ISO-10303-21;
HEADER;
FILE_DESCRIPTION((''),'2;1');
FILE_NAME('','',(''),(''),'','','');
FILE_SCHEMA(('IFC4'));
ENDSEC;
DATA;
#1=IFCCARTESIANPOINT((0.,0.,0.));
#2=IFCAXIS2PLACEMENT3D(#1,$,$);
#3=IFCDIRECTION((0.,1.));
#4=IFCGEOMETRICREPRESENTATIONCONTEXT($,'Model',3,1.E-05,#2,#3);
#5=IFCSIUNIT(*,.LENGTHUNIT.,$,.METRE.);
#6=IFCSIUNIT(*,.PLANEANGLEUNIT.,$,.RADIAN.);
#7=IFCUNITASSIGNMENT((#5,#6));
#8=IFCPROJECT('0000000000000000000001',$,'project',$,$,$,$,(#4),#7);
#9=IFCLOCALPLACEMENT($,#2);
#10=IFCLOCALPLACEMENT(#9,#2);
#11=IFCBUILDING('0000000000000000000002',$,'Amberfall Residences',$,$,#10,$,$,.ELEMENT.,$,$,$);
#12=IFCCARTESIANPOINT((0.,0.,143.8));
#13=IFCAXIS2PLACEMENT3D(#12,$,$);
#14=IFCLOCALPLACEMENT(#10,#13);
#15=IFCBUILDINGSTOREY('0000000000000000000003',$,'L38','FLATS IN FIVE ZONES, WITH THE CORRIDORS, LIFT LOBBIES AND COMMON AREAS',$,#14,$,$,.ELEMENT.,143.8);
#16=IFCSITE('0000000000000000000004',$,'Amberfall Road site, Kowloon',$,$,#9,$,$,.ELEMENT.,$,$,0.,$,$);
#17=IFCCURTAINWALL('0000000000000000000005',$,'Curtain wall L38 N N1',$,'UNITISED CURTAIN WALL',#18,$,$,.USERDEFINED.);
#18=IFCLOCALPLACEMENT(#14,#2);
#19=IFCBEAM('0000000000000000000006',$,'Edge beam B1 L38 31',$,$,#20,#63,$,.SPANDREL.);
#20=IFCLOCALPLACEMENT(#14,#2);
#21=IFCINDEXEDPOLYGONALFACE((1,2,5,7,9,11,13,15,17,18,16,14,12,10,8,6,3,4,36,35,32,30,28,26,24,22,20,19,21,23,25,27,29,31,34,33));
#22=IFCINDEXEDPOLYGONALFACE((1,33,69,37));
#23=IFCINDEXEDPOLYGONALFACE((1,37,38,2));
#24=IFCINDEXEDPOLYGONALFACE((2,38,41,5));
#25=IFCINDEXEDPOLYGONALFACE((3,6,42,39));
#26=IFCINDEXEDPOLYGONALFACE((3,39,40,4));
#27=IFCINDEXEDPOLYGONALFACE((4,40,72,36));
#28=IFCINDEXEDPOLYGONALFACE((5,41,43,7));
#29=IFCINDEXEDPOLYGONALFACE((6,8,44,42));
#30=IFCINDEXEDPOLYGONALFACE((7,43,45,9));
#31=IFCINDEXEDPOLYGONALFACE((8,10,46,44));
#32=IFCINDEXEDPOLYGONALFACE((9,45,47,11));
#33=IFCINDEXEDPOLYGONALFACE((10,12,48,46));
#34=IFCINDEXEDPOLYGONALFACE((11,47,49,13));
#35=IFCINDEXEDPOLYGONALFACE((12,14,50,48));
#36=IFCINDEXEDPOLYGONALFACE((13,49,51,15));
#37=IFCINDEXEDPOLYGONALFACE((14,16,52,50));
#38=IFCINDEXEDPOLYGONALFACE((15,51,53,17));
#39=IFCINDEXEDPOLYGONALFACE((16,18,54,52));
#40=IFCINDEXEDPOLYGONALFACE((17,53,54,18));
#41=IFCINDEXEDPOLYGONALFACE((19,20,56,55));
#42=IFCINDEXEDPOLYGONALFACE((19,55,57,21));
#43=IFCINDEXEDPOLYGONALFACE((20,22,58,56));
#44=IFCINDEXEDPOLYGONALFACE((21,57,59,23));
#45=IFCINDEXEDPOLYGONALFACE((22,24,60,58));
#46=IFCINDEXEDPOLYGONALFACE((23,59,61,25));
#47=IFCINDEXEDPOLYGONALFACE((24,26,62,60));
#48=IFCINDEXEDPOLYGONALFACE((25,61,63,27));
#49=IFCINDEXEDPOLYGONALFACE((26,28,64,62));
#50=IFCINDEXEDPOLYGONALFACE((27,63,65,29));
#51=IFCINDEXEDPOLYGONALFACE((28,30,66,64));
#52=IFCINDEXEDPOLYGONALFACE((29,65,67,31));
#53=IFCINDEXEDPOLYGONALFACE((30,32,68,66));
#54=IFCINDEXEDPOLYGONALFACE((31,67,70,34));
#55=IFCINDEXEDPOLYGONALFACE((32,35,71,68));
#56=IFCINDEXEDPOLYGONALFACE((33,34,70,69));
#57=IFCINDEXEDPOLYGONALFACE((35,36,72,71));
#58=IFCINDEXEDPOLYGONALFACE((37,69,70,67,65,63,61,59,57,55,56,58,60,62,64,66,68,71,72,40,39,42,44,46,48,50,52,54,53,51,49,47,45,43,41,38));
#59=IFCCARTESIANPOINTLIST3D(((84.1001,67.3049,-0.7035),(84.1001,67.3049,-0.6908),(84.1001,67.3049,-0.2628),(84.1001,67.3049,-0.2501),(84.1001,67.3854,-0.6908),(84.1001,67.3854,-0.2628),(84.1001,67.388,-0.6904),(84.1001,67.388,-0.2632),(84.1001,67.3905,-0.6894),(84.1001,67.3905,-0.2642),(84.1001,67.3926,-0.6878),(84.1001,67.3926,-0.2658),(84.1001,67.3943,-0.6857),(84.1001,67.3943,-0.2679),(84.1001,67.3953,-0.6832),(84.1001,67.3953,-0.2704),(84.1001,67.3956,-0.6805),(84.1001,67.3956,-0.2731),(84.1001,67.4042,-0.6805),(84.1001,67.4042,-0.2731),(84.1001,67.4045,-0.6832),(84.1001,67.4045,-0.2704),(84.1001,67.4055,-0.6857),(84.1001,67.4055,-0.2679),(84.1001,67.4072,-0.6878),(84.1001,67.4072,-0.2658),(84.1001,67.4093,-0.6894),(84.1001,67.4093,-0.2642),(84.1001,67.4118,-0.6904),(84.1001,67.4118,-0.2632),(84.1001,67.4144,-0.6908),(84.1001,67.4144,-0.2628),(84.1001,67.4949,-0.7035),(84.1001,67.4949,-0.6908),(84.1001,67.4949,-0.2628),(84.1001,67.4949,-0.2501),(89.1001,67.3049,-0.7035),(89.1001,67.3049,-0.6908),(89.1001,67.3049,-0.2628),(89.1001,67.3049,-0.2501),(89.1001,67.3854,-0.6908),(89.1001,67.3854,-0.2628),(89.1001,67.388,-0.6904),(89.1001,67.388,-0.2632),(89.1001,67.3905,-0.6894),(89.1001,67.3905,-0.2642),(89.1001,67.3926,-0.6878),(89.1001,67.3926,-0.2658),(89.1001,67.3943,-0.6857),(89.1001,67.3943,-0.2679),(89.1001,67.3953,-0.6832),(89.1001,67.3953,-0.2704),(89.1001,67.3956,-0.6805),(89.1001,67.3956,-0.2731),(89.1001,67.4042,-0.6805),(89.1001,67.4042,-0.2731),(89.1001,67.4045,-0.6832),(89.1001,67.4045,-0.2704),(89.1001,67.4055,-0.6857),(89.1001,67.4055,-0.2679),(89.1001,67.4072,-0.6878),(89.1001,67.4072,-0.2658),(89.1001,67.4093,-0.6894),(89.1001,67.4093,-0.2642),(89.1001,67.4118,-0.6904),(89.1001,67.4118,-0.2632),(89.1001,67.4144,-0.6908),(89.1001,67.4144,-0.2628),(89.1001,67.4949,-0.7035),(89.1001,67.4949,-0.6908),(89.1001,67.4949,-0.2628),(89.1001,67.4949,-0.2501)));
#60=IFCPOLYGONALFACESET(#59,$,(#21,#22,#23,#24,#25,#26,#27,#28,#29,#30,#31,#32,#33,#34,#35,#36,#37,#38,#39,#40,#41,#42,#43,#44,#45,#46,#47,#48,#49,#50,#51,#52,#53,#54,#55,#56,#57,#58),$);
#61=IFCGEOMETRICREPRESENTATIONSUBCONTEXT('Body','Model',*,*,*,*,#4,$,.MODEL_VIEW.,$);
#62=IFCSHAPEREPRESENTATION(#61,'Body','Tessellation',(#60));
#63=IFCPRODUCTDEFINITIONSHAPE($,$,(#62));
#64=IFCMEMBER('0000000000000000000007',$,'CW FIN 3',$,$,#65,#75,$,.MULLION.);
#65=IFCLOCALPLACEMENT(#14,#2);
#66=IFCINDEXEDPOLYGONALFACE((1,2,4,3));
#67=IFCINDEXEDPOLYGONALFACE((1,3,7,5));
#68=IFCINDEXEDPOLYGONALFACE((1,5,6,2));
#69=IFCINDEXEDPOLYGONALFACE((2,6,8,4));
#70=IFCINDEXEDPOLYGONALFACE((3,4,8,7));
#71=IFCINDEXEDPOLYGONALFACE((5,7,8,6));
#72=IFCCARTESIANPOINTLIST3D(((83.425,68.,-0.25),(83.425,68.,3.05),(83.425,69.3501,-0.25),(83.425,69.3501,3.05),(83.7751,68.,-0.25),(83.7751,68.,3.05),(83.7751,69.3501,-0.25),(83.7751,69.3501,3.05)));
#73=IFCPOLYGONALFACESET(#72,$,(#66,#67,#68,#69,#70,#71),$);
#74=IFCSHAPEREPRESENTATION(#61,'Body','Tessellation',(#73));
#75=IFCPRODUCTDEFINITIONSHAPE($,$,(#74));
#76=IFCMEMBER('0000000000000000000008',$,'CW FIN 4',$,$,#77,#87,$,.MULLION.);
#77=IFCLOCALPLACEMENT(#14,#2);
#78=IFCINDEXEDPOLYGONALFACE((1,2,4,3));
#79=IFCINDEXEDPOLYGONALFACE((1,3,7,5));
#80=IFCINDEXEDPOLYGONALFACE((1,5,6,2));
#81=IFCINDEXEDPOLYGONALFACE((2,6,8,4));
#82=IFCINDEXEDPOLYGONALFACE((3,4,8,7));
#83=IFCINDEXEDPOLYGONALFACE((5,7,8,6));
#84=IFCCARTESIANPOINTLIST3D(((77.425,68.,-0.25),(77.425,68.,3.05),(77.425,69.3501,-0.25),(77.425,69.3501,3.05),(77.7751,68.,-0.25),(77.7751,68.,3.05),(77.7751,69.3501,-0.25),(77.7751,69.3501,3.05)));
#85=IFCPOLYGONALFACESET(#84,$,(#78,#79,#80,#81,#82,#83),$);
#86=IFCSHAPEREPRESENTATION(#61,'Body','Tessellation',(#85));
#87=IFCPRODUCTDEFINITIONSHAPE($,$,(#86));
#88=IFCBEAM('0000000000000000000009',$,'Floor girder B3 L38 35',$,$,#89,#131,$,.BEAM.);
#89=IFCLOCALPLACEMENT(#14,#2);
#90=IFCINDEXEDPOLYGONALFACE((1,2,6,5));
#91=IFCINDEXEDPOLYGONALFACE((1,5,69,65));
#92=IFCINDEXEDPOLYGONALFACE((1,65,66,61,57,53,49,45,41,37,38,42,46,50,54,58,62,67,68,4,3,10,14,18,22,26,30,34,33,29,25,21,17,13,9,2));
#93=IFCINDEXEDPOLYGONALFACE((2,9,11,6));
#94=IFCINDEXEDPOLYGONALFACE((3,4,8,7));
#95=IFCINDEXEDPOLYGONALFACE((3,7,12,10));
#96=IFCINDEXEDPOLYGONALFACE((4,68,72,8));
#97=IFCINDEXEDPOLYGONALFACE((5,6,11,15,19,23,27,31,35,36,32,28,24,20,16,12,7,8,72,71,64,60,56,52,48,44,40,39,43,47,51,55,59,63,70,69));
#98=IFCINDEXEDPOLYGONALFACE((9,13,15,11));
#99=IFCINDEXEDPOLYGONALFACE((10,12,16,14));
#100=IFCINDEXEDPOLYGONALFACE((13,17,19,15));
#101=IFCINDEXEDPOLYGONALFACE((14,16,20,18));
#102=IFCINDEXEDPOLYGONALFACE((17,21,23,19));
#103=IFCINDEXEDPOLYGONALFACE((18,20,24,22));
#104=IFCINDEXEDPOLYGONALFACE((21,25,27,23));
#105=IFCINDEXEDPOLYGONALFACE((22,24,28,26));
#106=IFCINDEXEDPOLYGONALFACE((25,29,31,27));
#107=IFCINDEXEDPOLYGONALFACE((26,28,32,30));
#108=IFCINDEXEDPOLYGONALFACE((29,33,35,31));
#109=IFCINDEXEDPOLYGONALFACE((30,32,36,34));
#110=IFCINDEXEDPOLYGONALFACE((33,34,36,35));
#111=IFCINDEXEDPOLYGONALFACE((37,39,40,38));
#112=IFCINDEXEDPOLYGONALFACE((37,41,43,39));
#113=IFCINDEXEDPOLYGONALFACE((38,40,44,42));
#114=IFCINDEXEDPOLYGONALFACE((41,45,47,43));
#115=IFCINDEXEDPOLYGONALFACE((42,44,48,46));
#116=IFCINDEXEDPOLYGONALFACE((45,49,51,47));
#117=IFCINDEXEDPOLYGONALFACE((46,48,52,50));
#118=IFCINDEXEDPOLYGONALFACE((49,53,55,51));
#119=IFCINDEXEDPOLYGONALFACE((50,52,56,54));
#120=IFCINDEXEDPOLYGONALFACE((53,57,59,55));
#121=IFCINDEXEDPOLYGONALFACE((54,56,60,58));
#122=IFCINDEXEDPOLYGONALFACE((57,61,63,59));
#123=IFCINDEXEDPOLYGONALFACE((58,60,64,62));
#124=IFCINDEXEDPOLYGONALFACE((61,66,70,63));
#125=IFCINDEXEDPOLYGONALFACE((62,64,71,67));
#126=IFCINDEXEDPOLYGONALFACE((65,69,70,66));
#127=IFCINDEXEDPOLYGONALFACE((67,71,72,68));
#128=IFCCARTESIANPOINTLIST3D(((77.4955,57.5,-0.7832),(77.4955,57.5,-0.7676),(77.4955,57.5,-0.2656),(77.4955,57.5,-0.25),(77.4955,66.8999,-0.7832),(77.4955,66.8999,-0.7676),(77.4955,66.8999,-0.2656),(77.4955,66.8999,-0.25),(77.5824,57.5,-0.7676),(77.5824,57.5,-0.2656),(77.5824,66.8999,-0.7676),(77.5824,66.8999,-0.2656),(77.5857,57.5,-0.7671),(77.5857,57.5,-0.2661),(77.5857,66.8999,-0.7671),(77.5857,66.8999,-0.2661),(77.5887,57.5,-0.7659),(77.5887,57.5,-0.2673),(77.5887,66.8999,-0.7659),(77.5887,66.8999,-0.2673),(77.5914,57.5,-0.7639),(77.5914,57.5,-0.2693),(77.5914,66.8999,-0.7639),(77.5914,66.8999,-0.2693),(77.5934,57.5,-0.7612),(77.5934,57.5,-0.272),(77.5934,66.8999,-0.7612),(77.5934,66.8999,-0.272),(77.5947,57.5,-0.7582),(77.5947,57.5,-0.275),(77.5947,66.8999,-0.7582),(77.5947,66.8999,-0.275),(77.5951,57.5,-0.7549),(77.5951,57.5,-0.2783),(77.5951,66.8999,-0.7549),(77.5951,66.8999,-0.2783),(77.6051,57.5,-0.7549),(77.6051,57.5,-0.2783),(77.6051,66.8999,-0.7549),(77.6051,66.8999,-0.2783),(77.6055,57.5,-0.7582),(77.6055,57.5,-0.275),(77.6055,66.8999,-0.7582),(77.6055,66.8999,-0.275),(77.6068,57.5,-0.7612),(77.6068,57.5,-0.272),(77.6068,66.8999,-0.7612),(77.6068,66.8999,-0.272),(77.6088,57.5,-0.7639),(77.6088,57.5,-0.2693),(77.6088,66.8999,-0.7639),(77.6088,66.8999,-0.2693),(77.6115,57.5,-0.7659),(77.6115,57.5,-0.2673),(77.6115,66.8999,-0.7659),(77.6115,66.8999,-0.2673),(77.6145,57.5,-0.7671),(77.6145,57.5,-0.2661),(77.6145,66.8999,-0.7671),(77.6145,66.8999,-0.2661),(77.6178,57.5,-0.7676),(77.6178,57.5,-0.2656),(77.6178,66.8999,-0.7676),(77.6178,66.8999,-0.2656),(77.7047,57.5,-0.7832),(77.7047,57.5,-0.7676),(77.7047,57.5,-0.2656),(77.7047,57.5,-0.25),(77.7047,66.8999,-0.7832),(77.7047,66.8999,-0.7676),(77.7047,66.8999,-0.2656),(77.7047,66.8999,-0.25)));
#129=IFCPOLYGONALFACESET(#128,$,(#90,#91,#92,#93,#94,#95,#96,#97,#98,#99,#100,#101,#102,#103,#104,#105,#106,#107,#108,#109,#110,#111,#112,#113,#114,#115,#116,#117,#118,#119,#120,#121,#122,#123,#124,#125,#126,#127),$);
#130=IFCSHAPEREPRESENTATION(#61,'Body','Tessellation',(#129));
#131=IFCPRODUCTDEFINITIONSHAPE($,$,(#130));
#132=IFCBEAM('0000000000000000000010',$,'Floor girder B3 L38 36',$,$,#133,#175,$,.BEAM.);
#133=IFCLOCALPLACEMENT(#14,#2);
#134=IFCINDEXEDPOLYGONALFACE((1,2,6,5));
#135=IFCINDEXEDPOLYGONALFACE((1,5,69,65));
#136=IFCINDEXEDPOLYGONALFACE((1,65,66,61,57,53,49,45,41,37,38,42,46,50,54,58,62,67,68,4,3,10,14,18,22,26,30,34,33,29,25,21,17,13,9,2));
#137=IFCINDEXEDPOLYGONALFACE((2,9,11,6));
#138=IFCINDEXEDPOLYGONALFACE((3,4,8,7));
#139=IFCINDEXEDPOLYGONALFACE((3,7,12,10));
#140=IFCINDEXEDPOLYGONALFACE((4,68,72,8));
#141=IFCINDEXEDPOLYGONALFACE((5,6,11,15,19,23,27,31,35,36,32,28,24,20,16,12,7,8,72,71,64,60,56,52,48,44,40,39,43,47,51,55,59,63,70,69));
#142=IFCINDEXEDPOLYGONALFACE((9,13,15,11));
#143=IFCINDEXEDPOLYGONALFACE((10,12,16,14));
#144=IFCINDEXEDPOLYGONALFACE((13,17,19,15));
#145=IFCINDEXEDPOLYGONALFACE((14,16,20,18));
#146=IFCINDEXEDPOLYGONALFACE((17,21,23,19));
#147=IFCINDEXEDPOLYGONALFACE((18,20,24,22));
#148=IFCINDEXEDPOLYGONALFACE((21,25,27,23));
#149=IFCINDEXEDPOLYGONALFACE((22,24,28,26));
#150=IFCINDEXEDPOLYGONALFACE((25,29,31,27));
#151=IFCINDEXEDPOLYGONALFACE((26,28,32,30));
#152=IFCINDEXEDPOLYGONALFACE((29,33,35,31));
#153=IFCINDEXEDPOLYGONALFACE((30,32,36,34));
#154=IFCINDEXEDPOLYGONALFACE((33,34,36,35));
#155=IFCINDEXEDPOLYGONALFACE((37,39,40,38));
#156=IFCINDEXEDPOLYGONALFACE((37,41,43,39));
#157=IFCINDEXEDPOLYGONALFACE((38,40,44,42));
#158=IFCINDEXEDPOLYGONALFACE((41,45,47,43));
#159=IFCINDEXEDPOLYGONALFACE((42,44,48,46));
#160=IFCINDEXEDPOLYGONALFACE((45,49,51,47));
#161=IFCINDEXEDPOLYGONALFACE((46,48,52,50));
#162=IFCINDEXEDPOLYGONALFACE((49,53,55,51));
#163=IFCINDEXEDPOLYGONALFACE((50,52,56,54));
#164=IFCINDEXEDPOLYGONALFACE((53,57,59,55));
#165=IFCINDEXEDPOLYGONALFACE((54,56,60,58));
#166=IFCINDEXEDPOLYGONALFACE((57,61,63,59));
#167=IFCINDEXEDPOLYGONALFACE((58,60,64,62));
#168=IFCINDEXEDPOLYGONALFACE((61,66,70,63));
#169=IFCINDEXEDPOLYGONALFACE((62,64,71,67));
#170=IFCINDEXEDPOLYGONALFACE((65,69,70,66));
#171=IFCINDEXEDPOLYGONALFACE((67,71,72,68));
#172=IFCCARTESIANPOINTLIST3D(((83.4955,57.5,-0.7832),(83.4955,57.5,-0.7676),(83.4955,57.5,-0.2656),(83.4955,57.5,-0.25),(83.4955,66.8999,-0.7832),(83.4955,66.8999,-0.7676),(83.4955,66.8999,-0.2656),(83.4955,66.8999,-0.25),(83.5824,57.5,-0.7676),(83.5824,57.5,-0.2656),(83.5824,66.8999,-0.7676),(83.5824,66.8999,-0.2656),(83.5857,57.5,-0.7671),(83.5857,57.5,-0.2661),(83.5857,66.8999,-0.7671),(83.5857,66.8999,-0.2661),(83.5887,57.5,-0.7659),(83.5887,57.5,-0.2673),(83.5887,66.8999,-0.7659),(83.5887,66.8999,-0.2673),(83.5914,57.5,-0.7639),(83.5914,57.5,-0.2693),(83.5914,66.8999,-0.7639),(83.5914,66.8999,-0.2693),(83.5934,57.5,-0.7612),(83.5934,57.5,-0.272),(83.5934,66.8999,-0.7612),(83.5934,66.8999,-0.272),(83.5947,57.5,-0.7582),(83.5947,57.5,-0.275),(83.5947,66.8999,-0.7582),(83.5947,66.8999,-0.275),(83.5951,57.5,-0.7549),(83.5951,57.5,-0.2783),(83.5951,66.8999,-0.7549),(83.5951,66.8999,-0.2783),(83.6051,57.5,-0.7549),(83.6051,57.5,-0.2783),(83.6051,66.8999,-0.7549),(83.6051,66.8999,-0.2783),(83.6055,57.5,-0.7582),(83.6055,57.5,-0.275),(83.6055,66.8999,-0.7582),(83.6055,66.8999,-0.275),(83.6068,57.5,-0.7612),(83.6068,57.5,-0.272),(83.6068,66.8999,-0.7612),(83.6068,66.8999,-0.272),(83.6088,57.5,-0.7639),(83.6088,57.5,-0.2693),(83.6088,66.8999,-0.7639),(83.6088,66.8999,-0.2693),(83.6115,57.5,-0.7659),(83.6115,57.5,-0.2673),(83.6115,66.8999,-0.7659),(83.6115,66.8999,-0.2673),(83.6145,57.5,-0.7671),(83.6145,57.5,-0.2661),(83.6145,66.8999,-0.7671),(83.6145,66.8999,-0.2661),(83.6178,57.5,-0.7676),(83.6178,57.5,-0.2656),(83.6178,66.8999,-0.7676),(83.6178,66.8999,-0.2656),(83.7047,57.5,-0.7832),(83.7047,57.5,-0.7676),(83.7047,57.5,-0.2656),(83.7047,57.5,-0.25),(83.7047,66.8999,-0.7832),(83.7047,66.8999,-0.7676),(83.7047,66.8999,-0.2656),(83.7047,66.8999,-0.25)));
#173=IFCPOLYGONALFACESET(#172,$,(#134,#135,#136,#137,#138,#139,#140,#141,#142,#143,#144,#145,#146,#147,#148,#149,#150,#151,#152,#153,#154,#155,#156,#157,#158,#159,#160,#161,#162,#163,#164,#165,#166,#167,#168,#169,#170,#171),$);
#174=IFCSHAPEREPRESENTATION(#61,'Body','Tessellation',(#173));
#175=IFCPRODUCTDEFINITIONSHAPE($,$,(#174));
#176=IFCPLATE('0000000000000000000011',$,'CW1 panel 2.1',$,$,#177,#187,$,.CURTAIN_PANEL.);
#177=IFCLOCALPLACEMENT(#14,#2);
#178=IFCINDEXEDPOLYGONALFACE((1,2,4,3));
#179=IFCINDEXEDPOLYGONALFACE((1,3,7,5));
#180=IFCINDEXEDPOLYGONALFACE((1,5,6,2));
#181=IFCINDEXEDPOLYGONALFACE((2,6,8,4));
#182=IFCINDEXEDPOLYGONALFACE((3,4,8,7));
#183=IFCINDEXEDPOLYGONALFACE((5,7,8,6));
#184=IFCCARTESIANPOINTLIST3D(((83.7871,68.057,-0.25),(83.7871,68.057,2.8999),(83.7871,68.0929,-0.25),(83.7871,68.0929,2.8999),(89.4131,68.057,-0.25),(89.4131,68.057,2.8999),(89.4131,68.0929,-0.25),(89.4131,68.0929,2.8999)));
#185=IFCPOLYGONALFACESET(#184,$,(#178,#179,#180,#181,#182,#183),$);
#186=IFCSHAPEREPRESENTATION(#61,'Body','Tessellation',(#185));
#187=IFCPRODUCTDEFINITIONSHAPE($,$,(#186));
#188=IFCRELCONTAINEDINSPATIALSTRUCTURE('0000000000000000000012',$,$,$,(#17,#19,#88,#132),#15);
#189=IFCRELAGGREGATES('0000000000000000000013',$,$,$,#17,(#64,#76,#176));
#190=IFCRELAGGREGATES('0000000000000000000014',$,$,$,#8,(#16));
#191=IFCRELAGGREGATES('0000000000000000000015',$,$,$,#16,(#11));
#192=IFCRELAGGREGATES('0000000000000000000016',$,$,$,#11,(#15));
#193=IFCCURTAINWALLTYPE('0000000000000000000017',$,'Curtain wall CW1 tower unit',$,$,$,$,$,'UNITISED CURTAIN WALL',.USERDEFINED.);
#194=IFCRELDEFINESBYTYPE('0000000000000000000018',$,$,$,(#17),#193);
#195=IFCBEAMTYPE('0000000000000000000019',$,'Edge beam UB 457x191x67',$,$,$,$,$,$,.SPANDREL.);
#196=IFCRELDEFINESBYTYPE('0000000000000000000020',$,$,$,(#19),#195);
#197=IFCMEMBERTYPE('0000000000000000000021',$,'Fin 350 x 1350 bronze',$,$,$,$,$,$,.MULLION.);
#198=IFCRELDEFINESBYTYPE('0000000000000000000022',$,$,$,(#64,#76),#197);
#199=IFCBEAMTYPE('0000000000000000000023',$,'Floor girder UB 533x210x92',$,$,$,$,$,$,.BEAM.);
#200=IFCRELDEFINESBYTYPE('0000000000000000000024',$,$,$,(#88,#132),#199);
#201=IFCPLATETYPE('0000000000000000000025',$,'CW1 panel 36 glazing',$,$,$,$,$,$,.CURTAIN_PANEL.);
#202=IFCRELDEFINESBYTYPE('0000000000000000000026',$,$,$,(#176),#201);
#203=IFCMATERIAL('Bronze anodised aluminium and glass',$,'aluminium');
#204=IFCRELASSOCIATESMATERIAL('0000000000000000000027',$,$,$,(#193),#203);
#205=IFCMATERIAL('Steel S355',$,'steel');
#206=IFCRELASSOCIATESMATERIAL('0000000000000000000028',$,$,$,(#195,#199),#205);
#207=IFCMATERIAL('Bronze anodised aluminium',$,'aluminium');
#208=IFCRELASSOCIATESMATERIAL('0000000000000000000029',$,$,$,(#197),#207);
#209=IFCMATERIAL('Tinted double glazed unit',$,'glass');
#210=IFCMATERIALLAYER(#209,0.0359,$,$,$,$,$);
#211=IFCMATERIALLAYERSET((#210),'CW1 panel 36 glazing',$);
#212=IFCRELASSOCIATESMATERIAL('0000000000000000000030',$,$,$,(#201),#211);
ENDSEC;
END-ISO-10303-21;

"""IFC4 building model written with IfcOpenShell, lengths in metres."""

from ifc_helpers import new_model, si_unit, direction, frame, origin, origin_2d, place, context, subcontext, project, spatial, rectangle, i_section, extrude, material, layer, layer_set, material_profile, profile_set, type_object, element, aggregate, save


model = new_model("IFC4")

# Units and contexts
model_context = context("Model", 3, precision=1e-05, world=origin(), true_north=direction((0.0, 1.0)))
body_context = subcontext(model_context, "Body", "Model", "MODEL_VIEW")
ifc_project = project(units=[si_unit("LENGTHUNIT", "METRE"), si_unit("PLANEANGLEUNIT", "RADIAN")], contexts=[model_context])

# Site, building, storey
site_placement = place(None, origin())
site = spatial("IfcSite", under=ifc_project, at=site_placement, Name="Amberfall Road site, Kowloon", CompositionType="ELEMENT", RefElevation=0.0)
building_placement = place(site_placement, origin())
building = spatial("IfcBuilding", under=site, at=building_placement, Name="Amberfall Residences", CompositionType="ELEMENT")
storey_placement = place(building_placement, frame((0.0, 0.0, 143.8)))
storey = spatial("IfcBuildingStorey", under=building, at=storey_placement, Name="L38", Description="FLATS IN FIVE ZONES, WITH THE CORRIDORS, LIFT LOBBIES AND COMMON AREAS", CompositionType="ELEMENT", Elevation=143.8)

# Curtain wall
ifc_material_1 = material(Name="Bronze anodised aluminium and glass", Category="aluminium")
curtain_wall_type = type_object("IfcCurtainWallType", Name="Curtain wall CW1 tower unit", ElementType="UNITISED CURTAIN WALL", PredefinedType="USERDEFINED", material=ifc_material_1)
curtain_wall_placement = place(storey_placement, origin())
curtain_wall = element("IfcCurtainWall", 1, at=curtain_wall_placement, inside=storey, type_object=curtain_wall_type, Name="Curtain wall L38 N N1", ObjectType="UNITISED CURTAIN WALL", PredefinedType="USERDEFINED")
ifc_material_2 = material(Name="Bronze anodised aluminium", Category="aluminium")

# Beam
ifc_material_3 = material(Name="Steel S355", Category="steel")
ifc_material_profile_1 = material_profile(ifc_material_3, i_section(OverallWidth=0.1899, OverallDepth=0.4534, WebThickness=0.0085, FlangeThickness=0.0127, FilletRadius=0.0103, at=origin_2d()), Name="UB 457x191x67")
ifc_profile_set_1 = profile_set([ifc_material_profile_1], Name="Steel S355")
beam_type_1 = type_object("IfcBeamType", Name="Edge beam UB 457x191x67", PredefinedType="SPANDREL", material=ifc_profile_set_1)
for number, where, z_axis, x_axis, name in (
    (2, (84.1001, 67.3999, -0.4768), (1.0, 0.0, 0.0), (0.0, 1.0, 0.0), "Edge beam B1 L38 31"),
):
    element("IfcBeam", number, at=place(storey_placement, frame(where, z_axis=z_axis, x_axis=x_axis)), inside=storey, type_object=beam_type_1, Name=name, PredefinedType="SPANDREL", context=body_context, shape_type="SweptSolid", body=[
        extrude(i_section(OverallWidth=0.1899, OverallDepth=0.4534, WebThickness=0.0085, FlangeThickness=0.0127, FilletRadius=0.0103, at=origin_2d()), origin(), (0.0, 0.0, 1.0), 5.0),
    ])

# Members
ifc_material_profile_2 = material_profile(ifc_material_2, rectangle(XDim=1.3501, YDim=0.3501, at=origin_2d()), Name="Fin 350 x 1350 bronze")
ifc_profile_set_2 = profile_set([ifc_material_profile_2], Name="Bronze anodised aluminium")
member_type_1 = type_object("IfcMemberType", Name="Fin 350 x 1350 bronze", PredefinedType="MULLION", material=ifc_profile_set_2)
member_1_placement = place(storey_placement, frame((83.6001, 68.675, -0.25), z_axis=(0.0, 0.0, 1.0), x_axis=(0.0, -1.0, 0.0)))
member_1 = element("IfcMember", 3, at=member_1_placement, type_object=member_type_1, Name="CW FIN 3", PredefinedType="MULLION", context=body_context, shape_type="SweptSolid", body=[
    extrude(rectangle(XDim=1.3501, YDim=0.3501, at=origin_2d()), origin(), (0.0, 0.0, 1.0), 3.3),
])
member_2_placement = place(storey_placement, frame((77.6001, 68.675, -0.25), z_axis=(0.0, 0.0, 1.0), x_axis=(0.0, -1.0, 0.0)))
member_2 = element("IfcMember", 4, at=member_2_placement, type_object=member_type_1, Name="CW FIN 4", PredefinedType="MULLION", context=body_context, shape_type="SweptSolid", body=[
    extrude(rectangle(XDim=1.3501, YDim=0.3501, at=origin_2d()), origin(), (0.0, 0.0, 1.0), 3.3),
])

# Beams
ifc_material_profile_3 = material_profile(ifc_material_3, i_section(OverallWidth=0.2092, OverallDepth=0.5332, WebThickness=0.01, FlangeThickness=0.0156, FilletRadius=0.0127, at=origin_2d()), Name="UB 533x210x92")
ifc_profile_set_3 = profile_set([ifc_material_profile_3], Name="Steel S355")
beam_type_2 = type_object("IfcBeamType", Name="Floor girder UB 533x210x92", PredefinedType="BEAM", material=ifc_profile_set_3)
for number, where, z_axis, x_axis, name in (
    (5, (77.6001, 66.8999, -0.5166), (0.0, -1.0, 0.0), (1.0, 0.0, 0.0), "Floor girder B3 L38 35"),
    (6, (83.6001, 66.8999, -0.5166), (0.0, -1.0, 0.0), (1.0, 0.0, 0.0), "Floor girder B3 L38 36"),
):
    element("IfcBeam", number, at=place(storey_placement, frame(where, z_axis=z_axis, x_axis=x_axis)), inside=storey, type_object=beam_type_2, Name=name, PredefinedType="BEAM", context=body_context, shape_type="SweptSolid", body=[
        extrude(i_section(OverallWidth=0.2092, OverallDepth=0.5332, WebThickness=0.01, FlangeThickness=0.0156, FilletRadius=0.0127, at=origin_2d()), origin(), (0.0, 0.0, 1.0), 9.3999),
    ])

# Plate
ifc_material_4 = material(Name="Tinted double glazed unit", Category="glass")
ifc_layer_1 = layer(ifc_material_4, 0.0359)
ifc_layer_set_1 = layer_set([ifc_layer_1], Name="CW1 panel 36 glazing")
plate_type = type_object("IfcPlateType", Name="CW1 panel 36 glazing", PredefinedType="CURTAIN_PANEL", material=ifc_layer_set_1)
plate_1_placement = place(storey_placement, frame((86.6001, 68.075, -0.25), z_axis=(0.0, 0.0, 1.0), x_axis=(-1.0, 0.0, 0.0)))
plate_1 = element("IfcPlate", 7, at=plate_1_placement, type_object=plate_type, Name="CW1 panel 2.1", PredefinedType="CURTAIN_PANEL", context=body_context, shape_type="SweptSolid", body=[
    extrude(rectangle(XDim=5.626, YDim=0.0359, at=origin_2d()), origin(), (0.0, 0.0, 1.0), 3.1499),
])
aggregate(curtain_wall, [member_1, member_2, plate_1])

save(model, "model.ifc")
